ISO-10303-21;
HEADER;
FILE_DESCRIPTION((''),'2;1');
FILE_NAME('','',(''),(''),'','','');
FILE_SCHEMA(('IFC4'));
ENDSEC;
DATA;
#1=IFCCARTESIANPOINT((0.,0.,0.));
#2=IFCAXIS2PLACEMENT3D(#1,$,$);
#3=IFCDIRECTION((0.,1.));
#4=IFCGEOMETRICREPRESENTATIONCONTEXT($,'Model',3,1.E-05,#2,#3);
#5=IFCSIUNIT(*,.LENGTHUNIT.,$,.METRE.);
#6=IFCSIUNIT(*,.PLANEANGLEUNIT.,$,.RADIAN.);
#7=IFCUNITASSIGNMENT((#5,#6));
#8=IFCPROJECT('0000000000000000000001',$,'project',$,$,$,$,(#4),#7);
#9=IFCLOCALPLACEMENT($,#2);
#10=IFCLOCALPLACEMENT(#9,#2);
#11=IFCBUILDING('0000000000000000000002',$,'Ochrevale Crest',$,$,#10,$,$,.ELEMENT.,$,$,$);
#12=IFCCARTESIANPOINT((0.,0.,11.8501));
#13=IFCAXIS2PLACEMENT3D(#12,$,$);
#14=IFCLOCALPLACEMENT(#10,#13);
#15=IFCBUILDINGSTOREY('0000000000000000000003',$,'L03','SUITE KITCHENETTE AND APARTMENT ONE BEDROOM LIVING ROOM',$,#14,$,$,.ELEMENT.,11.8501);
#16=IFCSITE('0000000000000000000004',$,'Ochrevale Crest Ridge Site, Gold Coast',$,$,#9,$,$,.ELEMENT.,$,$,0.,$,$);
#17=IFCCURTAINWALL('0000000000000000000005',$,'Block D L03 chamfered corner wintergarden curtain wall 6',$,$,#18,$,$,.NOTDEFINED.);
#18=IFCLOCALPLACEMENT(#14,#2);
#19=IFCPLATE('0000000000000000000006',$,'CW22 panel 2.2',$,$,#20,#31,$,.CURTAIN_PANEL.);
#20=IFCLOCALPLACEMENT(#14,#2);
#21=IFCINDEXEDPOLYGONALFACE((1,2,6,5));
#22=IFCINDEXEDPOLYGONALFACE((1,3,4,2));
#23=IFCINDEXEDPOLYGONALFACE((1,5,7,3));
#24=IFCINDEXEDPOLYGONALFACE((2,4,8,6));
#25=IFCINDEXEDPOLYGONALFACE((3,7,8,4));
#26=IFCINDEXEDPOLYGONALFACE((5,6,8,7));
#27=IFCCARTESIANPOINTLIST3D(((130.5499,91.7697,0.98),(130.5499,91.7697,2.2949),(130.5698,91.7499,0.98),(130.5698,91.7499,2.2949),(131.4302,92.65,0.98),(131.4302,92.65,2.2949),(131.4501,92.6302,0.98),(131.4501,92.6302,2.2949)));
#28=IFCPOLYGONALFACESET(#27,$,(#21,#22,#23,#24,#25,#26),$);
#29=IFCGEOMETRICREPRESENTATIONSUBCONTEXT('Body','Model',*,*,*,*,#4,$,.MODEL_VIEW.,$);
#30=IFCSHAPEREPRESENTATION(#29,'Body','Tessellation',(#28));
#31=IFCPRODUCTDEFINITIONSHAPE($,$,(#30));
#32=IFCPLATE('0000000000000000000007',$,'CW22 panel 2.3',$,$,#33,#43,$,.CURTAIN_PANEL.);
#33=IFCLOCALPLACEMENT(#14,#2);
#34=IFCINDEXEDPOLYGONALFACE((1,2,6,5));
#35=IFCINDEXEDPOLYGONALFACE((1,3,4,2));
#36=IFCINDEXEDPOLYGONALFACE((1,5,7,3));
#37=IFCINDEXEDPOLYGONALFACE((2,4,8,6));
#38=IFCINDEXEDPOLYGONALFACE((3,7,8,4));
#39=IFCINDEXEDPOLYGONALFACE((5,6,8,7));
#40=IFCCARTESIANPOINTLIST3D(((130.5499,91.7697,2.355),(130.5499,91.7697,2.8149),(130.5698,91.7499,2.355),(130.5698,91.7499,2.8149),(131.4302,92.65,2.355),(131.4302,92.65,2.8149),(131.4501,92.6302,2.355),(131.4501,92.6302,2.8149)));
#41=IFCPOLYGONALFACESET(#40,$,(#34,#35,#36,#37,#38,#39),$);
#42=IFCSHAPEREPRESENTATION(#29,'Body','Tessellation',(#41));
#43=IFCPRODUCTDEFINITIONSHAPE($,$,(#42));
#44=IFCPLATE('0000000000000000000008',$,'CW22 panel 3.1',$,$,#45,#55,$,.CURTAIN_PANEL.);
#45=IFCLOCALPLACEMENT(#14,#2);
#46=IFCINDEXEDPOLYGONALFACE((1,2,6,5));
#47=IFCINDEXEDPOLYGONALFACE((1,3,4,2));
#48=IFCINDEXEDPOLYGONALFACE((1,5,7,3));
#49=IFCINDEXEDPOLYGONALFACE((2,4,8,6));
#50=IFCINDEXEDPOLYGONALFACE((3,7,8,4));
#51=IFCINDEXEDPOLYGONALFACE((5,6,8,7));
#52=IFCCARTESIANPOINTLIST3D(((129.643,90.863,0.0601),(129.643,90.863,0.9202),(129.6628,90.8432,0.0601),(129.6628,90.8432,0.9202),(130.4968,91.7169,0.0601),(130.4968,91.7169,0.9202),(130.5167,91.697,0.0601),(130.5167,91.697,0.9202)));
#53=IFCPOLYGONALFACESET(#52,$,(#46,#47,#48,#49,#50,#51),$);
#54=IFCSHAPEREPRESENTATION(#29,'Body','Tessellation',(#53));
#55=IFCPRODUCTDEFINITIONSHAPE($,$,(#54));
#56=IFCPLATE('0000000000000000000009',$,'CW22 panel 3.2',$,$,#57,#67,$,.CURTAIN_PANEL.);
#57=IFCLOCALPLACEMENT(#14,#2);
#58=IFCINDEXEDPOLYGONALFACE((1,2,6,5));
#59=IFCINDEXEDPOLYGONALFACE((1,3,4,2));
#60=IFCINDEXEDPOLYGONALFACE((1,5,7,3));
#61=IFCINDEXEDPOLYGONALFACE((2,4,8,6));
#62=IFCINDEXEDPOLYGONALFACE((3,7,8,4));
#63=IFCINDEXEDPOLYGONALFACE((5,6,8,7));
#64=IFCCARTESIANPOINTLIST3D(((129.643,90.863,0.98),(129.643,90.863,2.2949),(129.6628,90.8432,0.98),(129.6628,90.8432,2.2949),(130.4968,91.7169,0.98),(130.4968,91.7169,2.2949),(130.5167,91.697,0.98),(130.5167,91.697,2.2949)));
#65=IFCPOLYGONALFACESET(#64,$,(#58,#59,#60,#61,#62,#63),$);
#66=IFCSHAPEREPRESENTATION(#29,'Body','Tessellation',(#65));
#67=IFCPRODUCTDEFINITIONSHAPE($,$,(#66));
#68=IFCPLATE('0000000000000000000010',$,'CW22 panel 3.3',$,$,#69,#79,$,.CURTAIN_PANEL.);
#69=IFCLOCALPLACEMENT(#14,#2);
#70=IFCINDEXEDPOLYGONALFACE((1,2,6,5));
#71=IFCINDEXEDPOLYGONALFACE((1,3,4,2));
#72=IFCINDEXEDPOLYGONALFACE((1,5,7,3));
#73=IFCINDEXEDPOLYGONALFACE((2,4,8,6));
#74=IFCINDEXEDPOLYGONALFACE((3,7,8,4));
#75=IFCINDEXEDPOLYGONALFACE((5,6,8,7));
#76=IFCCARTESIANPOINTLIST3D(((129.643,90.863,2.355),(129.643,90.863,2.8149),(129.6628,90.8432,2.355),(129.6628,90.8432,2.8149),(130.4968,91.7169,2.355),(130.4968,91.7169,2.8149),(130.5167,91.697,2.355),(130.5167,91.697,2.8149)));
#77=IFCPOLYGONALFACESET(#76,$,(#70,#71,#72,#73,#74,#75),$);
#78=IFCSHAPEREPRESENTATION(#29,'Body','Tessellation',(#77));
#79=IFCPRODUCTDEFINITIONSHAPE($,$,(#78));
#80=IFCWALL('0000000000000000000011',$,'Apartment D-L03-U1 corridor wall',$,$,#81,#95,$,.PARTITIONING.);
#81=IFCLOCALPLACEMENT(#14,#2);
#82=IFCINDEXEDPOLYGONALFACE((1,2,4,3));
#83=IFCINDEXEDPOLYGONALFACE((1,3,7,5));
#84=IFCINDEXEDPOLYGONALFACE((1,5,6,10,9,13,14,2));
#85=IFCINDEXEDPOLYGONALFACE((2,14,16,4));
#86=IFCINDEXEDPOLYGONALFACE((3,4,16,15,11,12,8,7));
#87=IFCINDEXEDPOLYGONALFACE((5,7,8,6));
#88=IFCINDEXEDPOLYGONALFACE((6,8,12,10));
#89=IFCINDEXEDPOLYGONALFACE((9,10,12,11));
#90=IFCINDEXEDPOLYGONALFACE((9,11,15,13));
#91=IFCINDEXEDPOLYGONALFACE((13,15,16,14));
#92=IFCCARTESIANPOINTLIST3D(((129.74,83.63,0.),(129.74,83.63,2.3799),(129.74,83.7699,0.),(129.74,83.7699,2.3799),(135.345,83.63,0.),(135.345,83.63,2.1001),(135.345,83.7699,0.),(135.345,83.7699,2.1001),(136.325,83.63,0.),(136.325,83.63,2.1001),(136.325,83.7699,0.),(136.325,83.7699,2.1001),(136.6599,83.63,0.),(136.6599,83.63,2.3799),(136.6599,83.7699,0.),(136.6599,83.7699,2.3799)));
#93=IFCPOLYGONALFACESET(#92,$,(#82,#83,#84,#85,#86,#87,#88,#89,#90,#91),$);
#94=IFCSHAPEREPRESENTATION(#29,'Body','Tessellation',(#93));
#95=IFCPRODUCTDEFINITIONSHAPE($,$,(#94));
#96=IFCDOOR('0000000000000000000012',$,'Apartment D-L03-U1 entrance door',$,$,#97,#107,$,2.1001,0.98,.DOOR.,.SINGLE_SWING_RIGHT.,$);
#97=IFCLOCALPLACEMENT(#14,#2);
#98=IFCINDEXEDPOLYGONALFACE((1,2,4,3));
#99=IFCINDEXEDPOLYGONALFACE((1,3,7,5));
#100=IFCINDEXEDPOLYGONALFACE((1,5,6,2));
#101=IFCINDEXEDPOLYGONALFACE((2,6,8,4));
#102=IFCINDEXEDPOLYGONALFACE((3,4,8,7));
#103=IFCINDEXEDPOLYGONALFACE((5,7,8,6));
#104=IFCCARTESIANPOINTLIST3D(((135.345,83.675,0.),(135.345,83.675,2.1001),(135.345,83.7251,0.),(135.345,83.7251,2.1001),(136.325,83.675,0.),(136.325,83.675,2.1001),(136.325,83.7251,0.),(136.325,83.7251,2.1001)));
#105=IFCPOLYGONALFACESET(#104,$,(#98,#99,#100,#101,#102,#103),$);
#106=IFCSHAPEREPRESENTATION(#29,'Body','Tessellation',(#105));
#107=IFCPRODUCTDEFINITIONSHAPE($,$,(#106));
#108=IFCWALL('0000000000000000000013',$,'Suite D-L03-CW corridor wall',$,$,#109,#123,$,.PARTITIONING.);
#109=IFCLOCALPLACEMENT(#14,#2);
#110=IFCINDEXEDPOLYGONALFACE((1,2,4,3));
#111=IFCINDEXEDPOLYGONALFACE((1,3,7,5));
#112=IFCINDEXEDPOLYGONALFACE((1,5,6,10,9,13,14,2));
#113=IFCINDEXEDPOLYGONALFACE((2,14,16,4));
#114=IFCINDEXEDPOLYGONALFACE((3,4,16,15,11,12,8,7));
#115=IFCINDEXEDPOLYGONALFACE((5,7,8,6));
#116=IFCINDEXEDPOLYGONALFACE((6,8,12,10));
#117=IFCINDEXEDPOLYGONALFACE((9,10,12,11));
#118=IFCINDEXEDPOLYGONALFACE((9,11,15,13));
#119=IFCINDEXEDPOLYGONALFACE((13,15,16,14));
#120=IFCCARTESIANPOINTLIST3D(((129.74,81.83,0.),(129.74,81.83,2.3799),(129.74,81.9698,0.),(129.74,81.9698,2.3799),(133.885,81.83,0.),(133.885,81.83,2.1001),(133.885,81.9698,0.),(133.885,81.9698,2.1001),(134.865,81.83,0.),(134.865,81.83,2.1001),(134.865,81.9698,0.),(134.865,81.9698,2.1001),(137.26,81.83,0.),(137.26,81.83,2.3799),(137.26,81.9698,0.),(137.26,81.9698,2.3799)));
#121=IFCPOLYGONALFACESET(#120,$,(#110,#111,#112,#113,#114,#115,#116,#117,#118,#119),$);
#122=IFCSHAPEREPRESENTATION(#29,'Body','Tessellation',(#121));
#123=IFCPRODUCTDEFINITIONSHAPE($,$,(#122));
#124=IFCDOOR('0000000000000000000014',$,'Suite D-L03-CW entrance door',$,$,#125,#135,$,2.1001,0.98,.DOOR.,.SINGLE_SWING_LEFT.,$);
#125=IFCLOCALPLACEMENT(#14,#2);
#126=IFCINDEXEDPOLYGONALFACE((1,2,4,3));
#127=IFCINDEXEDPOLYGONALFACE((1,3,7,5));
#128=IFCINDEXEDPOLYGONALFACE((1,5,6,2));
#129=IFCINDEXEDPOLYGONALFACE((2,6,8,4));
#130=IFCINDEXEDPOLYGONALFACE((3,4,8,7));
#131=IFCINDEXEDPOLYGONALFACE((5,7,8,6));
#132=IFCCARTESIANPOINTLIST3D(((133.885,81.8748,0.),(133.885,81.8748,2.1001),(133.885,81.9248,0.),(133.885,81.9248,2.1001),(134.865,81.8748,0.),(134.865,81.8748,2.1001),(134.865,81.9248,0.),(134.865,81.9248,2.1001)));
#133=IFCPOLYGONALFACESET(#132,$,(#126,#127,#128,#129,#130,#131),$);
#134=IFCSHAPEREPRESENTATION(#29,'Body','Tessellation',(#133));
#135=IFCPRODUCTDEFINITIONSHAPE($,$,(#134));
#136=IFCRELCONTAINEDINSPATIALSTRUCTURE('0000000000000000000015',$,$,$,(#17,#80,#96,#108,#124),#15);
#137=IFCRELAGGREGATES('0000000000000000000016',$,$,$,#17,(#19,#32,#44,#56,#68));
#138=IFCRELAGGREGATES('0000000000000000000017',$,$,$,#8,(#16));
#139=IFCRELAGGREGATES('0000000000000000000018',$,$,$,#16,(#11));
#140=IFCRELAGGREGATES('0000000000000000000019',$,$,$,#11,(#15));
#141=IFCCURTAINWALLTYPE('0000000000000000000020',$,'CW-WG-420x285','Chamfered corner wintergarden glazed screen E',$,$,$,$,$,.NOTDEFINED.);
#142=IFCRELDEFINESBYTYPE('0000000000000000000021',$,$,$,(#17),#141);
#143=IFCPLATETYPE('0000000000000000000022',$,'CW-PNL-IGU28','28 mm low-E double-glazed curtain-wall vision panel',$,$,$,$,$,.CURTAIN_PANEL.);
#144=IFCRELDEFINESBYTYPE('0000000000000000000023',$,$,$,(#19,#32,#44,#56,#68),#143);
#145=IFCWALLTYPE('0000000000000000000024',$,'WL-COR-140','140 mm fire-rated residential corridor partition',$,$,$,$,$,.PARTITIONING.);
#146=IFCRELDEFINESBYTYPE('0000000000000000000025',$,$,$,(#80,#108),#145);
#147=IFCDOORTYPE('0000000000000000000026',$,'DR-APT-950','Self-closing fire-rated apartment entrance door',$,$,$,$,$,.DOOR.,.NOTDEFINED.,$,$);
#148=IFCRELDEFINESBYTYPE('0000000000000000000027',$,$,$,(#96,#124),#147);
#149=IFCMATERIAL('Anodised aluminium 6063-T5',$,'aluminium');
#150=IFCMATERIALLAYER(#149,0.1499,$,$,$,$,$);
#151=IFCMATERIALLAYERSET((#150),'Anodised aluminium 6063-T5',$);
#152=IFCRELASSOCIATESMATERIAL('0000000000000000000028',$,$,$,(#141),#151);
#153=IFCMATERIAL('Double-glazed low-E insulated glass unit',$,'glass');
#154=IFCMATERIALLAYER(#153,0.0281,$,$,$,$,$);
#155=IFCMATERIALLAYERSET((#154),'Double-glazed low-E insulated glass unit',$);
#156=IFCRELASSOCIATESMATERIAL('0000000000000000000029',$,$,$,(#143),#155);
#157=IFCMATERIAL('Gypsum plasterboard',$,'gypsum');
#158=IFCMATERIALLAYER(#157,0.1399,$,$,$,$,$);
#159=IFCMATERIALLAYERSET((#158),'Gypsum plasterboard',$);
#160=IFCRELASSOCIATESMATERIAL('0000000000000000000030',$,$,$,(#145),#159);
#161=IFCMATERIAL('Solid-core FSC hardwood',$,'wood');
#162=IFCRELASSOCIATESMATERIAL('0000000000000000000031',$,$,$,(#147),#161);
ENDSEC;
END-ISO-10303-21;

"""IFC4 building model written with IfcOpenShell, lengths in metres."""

from ifc_helpers import new_model, si_unit, direction, frame, frame_2d, origin, origin_2d, place, context, subcontext, project, spatial, rectangle, extrude, material, layer, layer_set, type_object, element, fill, aggregate, save


model = new_model("IFC4")

# Units and contexts
model_context = context("Model", 3, precision=1e-05, world=origin(), true_north=direction((0.0, 1.0)))
body_context = subcontext(model_context, "Body", "Model", "MODEL_VIEW")
ifc_project = project(units=[si_unit("LENGTHUNIT", "METRE"), si_unit("PLANEANGLEUNIT", "RADIAN")], contexts=[model_context])

# Site, building, storey
site_placement = place(None, origin())
site = spatial("IfcSite", under=ifc_project, at=site_placement, Name="Ochrevale Crest Ridge Site, Gold Coast", CompositionType="ELEMENT", RefElevation=0.0)
building_placement = place(site_placement, origin())
building = spatial("IfcBuilding", under=site, at=building_placement, Name="Ochrevale Crest", CompositionType="ELEMENT")
storey_placement = place(building_placement, frame((0.0, 0.0, 11.8501)))
storey = spatial("IfcBuildingStorey", under=building, at=storey_placement, Name="L03", Description="SUITE KITCHENETTE AND APARTMENT ONE BEDROOM LIVING ROOM", CompositionType="ELEMENT", Elevation=11.8501)

# Curtain wall, plates
ifc_material_1 = material(Name="Anodised aluminium 6063-T5", Category="aluminium")
ifc_layer_1 = layer(ifc_material_1, 0.1499)
ifc_layer_set_1 = layer_set([ifc_layer_1], Name="Anodised aluminium 6063-T5")
curtain_wall_type = type_object("IfcCurtainWallType", Name="CW-WG-420x285", Description="Chamfered corner wintergarden glazed screen E", PredefinedType="NOTDEFINED", material=ifc_layer_set_1)
curtain_wall_placement = place(storey_placement, origin())
curtain_wall = element("IfcCurtainWall", 1, at=curtain_wall_placement, inside=storey, type_object=curtain_wall_type, Name="Block D L03 chamfered corner wintergarden curtain wall 6", PredefinedType="NOTDEFINED")
ifc_material_2 = material(Name="Double-glazed low-E insulated glass unit", Category="glass")
ifc_layer_2 = layer(ifc_material_2, 0.0281)
ifc_layer_set_2 = layer_set([ifc_layer_2], Name="Double-glazed low-E insulated glass unit")
plate_type = type_object("IfcPlateType", Name="CW-PNL-IGU28", Description="28 mm low-E double-glazed curtain-wall vision panel", PredefinedType="CURTAIN_PANEL", material=ifc_layer_set_2)
plate_1_placement = place(storey_placement, frame((131.0, 92.2, 0.98), z_axis=(0.0, 0.0, 1.0), x_axis=(-0.707107, -0.707107, 0.0)))
plate_1 = element("IfcPlate", 2, at=plate_1_placement, type_object=plate_type, Name="CW22 panel 2.2", PredefinedType="CURTAIN_PANEL", context=body_context, shape_type="SweptSolid", body=[
    extrude(rectangle(XDim=1.2449, YDim=0.0281, at=origin_2d()), origin(), (0.0, 0.0, 1.0), 1.3149),
])
plate_2_placement = place(storey_placement, frame((131.0, 92.2, 2.355), z_axis=(0.0, 0.0, 1.0), x_axis=(-0.707107, -0.707107, 0.0)))
plate_2 = element("IfcPlate", 3, at=plate_2_placement, type_object=plate_type, Name="CW22 panel 2.3", PredefinedType="CURTAIN_PANEL", context=body_context, shape_type="SweptSolid", body=[
    extrude(rectangle(XDim=1.2449, YDim=0.0281, at=origin_2d()), origin(), (0.0, 0.0, 1.0), 0.46),
])
plate_3_placement = place(storey_placement, frame((130.0798, 91.28, 0.0601), z_axis=(0.0, 0.0, 1.0), x_axis=(-0.707107, -0.707107, 0.0)))
plate_3 = element("IfcPlate", 4, at=plate_3_placement, type_object=plate_type, Name="CW22 panel 3.1", PredefinedType="CURTAIN_PANEL", context=body_context, shape_type="SweptSolid", body=[
    extrude(rectangle(XDim=1.2075, YDim=0.0281, at=origin_2d()), origin(), (0.0, 0.0, 1.0), 0.8601),
])
plate_4_placement = place(storey_placement, frame((130.0798, 91.28, 0.98), z_axis=(0.0, 0.0, 1.0), x_axis=(-0.707107, -0.707107, 0.0)))
plate_4 = element("IfcPlate", 5, at=plate_4_placement, type_object=plate_type, Name="CW22 panel 3.2", PredefinedType="CURTAIN_PANEL", context=body_context, shape_type="SweptSolid", body=[
    extrude(rectangle(XDim=1.2075, YDim=0.0281, at=origin_2d()), origin(), (0.0, 0.0, 1.0), 1.3149),
])
plate_5_placement = place(storey_placement, frame((130.0798, 91.28, 2.355), z_axis=(0.0, 0.0, 1.0), x_axis=(-0.707107, -0.707107, 0.0)))
plate_5 = element("IfcPlate", 6, at=plate_5_placement, type_object=plate_type, Name="CW22 panel 3.3", PredefinedType="CURTAIN_PANEL", context=body_context, shape_type="SweptSolid", body=[
    extrude(rectangle(XDim=1.2075, YDim=0.0281, at=origin_2d()), origin(), (0.0, 0.0, 1.0), 0.46),
])
aggregate(curtain_wall, [plate_1, plate_2, plate_3, plate_4, plate_5])

# Walls, openings, doors
ifc_material_3 = material(Name="Gypsum plasterboard", Category="gypsum")
ifc_layer_3 = layer(ifc_material_3, 0.1399)
ifc_layer_set_3 = layer_set([ifc_layer_3], Name="Gypsum plasterboard")
wall_type_1 = type_object("IfcWallType", Name="WL-COR-140", Description="140 mm fire-rated residential corridor partition", PredefinedType="PARTITIONING", material=ifc_layer_set_3)
wall_1_placement = place(storey_placement, frame((129.74, 83.7, 0.0), z_axis=(0.0, 0.0, 1.0), x_axis=(1.0, 0.0, 0.0)))
wall_1 = element("IfcWall", 7, at=wall_1_placement, inside=storey, type_object=wall_type_1, Name="Apartment D-L03-U1 corridor wall", PredefinedType="PARTITIONING", context=body_context, shape_type="SweptSolid", body=[
    extrude(rectangle(XDim=6.9199, YDim=0.1399, at=frame_2d((3.46, 0.0))), origin(), (0.0, 0.0, 1.0), 2.3799),
])
opening_1_placement = place(wall_1_placement, frame((6.585, 0.0, 0.0), z_axis=(0.0, 0.0, 1.0), x_axis=(-1.0, 0.0, 0.0)))
opening_1 = element("IfcOpeningElement", 8, at=opening_1_placement, cuts=wall_1, PredefinedType="OPENING", context=body_context, shape_type="SweptSolid", body=[
    extrude(rectangle(XDim=0.98, YDim=2.1001, at=frame_2d((0.49, 1.05))), frame((0.0, 0.0801, 0.0), z_axis=(0.0, -1.0, 0.0), x_axis=(1.0, 0.0, 0.0)), (0.0, 0.0, 1.0), 0.1599),
])
ifc_material_4 = material(Name="Solid-core FSC hardwood", Category="wood")
door_type_1 = type_object("IfcDoorType", Name="DR-APT-950", Description="Self-closing fire-rated apartment entrance door", OperationType="NOTDEFINED", PredefinedType="DOOR", material=ifc_material_4)
door_1_placement = place(opening_1_placement, origin())
door_1 = element("IfcDoor", 9, at=door_1_placement, inside=storey, type_object=door_type_1, Name="Apartment D-L03-U1 entrance door", OperationType="SINGLE_SWING_RIGHT", OverallHeight=2.1001, OverallWidth=0.98, PredefinedType="DOOR", context=body_context, shape_type="SweptSolid", body=[
    extrude(rectangle(XDim=0.98, YDim=2.1001, at=frame_2d((0.49, 1.05))), frame((0.0, 0.0249, 0.0), z_axis=(0.0, -1.0, 0.0), x_axis=(1.0, 0.0, 0.0)), (0.0, 0.0, 1.0), 0.05),
])
fill(opening_1, door_1)
wall_2_placement = place(storey_placement, frame((129.74, 81.8999, 0.0), z_axis=(0.0, 0.0, 1.0), x_axis=(1.0, 0.0, 0.0)))
wall_2 = element("IfcWall", 10, at=wall_2_placement, inside=storey, type_object=wall_type_1, Name="Suite D-L03-CW corridor wall", PredefinedType="PARTITIONING", context=body_context, shape_type="SweptSolid", body=[
    extrude(rectangle(XDim=7.52, YDim=0.1399, at=frame_2d((3.76, 0.0))), origin(), (0.0, 0.0, 1.0), 2.3799),
])
opening_2_placement = place(wall_2_placement, frame((4.145, 0.0, 0.0)))
opening_2 = element("IfcOpeningElement", 11, at=opening_2_placement, cuts=wall_2, PredefinedType="OPENING", context=body_context, shape_type="SweptSolid", body=[
    extrude(rectangle(XDim=0.98, YDim=2.1001, at=frame_2d((0.49, 1.05))), frame((0.0, 0.0801, 0.0), z_axis=(0.0, -1.0, 0.0), x_axis=(1.0, 0.0, 0.0)), (0.0, 0.0, 1.0), 0.1599),
])
door_2_placement = place(opening_2_placement, origin())
door_2 = element("IfcDoor", 12, at=door_2_placement, inside=storey, type_object=door_type_1, Name="Suite D-L03-CW entrance door", OperationType="SINGLE_SWING_LEFT", OverallHeight=2.1001, OverallWidth=0.98, PredefinedType="DOOR", context=body_context, shape_type="SweptSolid", body=[
    extrude(rectangle(XDim=0.98, YDim=2.1001, at=frame_2d((0.49, 1.05))), frame((0.0, 0.0249, 0.0), z_axis=(0.0, -1.0, 0.0), x_axis=(1.0, 0.0, 0.0)), (0.0, 0.0, 1.0), 0.05),
])
fill(opening_2, door_2)

save(model, "model.ifc")
